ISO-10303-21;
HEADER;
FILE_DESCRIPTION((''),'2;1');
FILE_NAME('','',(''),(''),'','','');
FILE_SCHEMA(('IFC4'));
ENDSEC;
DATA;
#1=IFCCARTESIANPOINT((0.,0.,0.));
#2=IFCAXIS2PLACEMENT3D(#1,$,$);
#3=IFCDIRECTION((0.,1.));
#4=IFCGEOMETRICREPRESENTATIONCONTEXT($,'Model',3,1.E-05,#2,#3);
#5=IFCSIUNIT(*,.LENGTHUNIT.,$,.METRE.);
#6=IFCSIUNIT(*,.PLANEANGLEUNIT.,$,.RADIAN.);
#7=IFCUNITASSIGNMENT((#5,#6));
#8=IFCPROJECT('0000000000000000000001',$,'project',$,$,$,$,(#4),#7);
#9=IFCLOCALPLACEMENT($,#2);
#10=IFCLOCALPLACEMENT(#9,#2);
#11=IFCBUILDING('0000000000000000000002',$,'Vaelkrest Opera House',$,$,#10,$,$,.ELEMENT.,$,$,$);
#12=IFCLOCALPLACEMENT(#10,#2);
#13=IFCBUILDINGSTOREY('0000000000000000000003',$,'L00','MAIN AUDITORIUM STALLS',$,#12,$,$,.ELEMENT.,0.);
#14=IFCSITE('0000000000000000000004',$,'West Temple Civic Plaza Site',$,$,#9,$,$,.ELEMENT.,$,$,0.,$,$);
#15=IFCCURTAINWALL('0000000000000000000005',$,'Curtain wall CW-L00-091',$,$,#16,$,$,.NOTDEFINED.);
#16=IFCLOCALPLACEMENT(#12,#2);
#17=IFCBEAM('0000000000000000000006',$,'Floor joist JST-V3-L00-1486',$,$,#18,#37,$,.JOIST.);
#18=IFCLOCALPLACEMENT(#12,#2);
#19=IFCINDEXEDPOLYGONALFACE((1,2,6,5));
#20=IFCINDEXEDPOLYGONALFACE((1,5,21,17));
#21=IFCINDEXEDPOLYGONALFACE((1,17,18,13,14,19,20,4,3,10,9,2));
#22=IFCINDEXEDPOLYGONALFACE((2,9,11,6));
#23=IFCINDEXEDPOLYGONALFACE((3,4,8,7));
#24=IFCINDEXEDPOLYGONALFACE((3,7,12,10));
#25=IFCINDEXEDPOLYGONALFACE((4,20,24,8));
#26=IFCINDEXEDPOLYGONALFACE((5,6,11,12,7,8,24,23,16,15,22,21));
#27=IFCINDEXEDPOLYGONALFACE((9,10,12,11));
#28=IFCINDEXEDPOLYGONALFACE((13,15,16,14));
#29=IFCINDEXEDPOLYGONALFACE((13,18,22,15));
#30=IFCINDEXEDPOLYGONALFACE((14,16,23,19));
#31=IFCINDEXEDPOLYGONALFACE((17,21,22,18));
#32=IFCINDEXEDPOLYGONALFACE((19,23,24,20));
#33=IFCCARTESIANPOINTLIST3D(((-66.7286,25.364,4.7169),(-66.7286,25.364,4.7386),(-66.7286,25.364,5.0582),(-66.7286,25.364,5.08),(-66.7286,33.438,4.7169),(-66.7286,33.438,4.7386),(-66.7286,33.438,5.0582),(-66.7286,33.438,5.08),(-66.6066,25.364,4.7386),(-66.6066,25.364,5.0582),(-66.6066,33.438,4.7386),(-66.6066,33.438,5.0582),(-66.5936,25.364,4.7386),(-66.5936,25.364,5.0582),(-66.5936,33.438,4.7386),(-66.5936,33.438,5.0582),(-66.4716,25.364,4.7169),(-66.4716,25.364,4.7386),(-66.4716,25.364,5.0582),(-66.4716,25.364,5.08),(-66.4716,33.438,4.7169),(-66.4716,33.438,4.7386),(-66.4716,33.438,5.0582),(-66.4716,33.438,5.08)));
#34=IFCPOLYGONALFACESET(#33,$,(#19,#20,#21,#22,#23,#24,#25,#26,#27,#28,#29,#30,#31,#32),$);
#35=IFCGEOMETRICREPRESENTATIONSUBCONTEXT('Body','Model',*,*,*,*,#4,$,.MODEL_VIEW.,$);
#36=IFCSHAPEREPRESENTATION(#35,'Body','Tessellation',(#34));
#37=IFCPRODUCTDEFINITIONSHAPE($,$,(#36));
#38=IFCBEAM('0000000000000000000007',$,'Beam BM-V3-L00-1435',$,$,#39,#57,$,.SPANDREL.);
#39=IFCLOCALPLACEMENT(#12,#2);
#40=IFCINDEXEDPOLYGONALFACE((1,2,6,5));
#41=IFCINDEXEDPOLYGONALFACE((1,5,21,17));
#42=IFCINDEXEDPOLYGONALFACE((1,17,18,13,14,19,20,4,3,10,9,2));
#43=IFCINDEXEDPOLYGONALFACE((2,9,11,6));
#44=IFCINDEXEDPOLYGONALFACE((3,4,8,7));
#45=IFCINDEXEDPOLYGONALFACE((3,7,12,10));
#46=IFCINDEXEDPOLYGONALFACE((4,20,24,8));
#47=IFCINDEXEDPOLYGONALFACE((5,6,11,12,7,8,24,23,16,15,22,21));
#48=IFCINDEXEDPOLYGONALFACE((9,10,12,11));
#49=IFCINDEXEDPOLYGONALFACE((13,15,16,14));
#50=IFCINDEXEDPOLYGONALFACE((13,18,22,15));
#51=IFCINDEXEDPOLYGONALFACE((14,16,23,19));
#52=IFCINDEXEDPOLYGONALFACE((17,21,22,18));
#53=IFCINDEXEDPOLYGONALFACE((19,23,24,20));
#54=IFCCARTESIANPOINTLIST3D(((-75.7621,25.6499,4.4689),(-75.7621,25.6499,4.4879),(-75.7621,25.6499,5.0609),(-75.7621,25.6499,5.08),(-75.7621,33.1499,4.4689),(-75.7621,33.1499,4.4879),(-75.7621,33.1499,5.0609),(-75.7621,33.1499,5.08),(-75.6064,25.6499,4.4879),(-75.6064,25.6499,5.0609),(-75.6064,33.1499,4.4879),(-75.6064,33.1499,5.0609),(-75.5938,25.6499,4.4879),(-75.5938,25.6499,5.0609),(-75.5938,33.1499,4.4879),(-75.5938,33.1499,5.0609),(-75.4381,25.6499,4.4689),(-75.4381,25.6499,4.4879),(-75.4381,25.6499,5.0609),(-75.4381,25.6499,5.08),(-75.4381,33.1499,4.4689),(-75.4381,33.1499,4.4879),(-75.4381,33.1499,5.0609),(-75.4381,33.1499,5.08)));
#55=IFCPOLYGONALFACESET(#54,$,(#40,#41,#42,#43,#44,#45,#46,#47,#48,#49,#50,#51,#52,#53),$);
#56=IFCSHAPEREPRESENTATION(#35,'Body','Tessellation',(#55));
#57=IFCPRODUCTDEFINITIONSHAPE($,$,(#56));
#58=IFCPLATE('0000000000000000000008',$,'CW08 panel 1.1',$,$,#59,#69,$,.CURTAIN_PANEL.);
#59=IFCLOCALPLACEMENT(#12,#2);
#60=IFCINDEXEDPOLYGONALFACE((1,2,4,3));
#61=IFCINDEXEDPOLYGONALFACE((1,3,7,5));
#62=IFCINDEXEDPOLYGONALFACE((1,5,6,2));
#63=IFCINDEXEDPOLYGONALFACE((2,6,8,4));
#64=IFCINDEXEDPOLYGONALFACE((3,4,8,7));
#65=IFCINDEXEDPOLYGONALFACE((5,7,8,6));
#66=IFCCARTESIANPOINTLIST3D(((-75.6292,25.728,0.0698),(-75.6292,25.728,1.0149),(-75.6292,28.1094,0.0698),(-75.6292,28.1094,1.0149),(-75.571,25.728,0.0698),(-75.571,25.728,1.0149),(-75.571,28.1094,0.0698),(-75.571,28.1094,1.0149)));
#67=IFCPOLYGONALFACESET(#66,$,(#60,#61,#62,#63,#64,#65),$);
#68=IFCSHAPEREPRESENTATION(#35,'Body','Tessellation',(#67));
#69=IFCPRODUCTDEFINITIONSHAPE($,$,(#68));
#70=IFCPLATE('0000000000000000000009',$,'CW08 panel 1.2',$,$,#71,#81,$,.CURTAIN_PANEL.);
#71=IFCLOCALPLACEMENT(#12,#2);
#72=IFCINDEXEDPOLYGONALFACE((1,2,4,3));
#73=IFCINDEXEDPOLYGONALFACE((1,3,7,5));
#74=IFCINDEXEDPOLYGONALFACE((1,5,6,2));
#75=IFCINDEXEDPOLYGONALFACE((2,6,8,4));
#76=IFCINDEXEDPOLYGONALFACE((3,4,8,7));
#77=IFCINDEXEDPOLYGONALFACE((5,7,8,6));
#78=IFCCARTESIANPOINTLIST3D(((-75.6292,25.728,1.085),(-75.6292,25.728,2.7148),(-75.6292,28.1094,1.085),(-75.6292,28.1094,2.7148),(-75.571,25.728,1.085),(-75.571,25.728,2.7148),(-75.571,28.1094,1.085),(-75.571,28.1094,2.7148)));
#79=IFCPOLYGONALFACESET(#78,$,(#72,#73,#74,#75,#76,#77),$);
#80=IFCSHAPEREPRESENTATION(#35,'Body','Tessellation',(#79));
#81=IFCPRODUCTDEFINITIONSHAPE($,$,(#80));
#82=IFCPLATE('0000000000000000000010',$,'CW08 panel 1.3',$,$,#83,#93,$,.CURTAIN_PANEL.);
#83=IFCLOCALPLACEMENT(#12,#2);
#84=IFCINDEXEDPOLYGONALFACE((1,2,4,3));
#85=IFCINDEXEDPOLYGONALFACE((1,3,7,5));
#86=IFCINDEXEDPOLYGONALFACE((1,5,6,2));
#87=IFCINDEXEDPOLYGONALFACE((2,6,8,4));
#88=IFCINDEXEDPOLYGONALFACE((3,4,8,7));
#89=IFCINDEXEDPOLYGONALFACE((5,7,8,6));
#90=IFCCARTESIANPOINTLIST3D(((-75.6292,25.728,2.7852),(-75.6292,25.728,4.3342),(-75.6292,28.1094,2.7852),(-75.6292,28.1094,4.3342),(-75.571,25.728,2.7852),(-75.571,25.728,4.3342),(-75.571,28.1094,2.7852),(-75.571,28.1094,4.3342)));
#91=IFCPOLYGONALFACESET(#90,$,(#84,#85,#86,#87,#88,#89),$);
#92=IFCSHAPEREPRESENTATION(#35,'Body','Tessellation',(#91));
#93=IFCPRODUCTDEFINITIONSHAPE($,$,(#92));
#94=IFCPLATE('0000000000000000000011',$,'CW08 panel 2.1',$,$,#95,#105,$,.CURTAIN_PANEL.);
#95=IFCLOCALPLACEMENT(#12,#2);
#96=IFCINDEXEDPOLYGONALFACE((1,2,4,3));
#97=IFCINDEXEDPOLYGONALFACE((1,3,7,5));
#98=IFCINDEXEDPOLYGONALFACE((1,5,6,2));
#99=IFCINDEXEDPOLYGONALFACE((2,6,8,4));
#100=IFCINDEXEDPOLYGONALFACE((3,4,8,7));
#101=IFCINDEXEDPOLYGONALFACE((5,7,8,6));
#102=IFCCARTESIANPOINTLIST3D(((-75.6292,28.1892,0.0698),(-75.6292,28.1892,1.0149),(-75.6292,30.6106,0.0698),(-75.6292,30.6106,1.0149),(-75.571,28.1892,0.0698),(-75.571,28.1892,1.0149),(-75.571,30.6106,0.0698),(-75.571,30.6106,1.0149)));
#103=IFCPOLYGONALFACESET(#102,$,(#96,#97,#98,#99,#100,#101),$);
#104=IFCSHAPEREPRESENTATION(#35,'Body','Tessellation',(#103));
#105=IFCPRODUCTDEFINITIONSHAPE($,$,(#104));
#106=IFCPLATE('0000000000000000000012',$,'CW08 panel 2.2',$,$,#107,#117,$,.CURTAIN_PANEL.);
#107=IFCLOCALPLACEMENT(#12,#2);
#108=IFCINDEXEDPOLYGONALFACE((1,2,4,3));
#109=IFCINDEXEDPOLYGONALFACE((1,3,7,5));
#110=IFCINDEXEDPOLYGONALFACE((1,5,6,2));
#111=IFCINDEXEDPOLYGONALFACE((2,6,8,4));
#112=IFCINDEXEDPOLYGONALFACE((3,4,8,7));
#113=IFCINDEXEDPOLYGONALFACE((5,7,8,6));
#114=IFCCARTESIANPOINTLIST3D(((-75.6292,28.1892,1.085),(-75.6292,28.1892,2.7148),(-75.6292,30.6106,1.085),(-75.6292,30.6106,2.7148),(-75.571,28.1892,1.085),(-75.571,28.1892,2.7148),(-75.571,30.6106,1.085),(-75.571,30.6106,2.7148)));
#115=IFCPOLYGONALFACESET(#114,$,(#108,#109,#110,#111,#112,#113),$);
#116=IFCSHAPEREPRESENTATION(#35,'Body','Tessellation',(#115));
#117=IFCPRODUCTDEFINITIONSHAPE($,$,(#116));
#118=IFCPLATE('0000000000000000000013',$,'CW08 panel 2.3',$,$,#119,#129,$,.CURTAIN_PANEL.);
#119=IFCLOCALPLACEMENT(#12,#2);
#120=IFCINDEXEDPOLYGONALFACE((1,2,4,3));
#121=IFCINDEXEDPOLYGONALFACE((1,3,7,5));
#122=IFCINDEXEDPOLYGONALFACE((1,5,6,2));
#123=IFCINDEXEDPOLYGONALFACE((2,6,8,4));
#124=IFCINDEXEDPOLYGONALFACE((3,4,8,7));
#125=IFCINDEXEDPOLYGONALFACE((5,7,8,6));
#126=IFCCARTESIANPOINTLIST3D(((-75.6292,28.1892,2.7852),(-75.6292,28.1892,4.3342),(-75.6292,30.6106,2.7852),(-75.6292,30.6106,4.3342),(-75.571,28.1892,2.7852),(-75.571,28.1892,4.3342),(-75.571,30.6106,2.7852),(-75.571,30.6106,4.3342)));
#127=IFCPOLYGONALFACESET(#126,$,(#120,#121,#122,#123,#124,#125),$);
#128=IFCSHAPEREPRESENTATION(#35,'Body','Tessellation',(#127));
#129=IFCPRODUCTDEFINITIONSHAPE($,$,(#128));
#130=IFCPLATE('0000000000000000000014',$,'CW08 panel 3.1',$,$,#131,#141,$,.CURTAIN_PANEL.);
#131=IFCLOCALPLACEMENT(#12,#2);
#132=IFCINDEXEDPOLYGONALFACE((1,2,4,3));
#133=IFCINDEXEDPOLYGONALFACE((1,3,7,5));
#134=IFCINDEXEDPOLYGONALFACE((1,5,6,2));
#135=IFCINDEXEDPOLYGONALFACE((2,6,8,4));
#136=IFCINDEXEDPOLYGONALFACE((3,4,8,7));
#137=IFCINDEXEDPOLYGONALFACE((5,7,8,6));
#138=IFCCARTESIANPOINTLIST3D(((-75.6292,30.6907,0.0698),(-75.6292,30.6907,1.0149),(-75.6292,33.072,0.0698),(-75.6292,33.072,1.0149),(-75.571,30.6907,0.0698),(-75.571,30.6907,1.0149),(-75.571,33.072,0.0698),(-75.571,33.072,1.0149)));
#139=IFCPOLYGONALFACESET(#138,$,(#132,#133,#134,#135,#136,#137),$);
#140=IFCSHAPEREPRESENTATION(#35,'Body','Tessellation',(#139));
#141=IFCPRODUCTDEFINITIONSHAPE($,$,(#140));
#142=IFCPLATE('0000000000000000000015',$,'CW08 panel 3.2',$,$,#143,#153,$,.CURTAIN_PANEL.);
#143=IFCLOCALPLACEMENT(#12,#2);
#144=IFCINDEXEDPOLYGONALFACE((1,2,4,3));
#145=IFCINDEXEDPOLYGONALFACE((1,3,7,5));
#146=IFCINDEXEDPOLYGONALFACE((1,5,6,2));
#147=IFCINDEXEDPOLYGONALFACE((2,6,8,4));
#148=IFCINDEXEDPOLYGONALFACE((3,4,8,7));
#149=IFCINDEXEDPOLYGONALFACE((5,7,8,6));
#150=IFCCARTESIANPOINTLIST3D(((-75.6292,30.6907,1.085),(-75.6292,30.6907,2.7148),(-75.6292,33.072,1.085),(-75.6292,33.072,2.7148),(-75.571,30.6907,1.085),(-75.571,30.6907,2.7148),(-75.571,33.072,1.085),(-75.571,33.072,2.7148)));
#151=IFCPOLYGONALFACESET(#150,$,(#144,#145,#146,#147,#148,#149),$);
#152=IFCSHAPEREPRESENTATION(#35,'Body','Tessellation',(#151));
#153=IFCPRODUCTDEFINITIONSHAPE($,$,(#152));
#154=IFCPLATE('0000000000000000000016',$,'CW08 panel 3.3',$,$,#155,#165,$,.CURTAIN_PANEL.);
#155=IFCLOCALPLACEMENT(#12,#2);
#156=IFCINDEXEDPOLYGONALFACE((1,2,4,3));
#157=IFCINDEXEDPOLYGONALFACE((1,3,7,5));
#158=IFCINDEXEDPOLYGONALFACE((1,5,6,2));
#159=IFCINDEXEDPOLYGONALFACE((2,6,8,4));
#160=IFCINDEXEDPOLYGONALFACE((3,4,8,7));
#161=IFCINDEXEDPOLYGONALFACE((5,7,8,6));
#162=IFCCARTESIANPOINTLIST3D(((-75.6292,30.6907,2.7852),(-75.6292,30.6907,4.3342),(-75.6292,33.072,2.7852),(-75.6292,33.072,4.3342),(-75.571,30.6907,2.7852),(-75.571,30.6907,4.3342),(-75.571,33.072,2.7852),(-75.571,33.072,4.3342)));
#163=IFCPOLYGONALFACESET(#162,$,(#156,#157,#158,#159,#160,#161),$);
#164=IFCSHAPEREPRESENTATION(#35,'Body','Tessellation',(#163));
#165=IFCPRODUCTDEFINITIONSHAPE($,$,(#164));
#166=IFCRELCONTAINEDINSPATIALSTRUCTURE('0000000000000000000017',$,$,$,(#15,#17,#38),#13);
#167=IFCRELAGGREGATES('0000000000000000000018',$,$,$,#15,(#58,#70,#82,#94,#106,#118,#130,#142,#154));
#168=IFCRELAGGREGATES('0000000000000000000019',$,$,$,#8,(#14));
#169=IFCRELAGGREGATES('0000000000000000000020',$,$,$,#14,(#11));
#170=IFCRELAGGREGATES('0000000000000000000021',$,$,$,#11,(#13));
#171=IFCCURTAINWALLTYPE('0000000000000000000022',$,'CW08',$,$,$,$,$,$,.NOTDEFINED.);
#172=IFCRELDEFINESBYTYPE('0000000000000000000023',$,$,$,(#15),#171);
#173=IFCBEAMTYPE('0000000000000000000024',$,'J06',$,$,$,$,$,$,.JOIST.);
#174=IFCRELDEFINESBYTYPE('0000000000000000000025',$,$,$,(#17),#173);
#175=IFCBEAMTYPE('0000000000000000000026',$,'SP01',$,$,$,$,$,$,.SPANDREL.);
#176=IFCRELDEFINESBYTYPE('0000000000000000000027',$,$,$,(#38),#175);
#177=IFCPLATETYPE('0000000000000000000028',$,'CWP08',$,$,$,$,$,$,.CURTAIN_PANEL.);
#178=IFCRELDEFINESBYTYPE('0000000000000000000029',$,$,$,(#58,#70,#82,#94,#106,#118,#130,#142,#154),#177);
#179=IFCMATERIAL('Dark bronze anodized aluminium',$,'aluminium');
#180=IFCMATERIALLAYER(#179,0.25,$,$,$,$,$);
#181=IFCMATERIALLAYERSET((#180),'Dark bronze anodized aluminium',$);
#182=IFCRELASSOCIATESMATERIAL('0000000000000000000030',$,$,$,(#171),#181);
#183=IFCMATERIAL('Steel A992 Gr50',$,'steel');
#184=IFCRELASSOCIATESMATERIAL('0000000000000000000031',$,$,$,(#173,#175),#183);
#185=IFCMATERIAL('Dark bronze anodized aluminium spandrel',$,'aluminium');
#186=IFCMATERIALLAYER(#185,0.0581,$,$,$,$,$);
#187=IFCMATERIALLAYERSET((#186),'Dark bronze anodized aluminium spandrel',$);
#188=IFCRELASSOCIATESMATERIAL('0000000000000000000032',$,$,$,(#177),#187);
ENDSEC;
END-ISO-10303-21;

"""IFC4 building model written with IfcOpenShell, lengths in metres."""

from ifc_helpers import new_model, si_unit, direction, frame, origin, origin_2d, place, context, subcontext, project, spatial, rectangle, i_section, extrude, material, layer, layer_set, material_profile, profile_set, type_object, element, aggregate, save


model = new_model("IFC4")

# Units and contexts
model_context = context("Model", 3, precision=1e-05, world=origin(), true_north=direction((0.0, 1.0)))
body_context = subcontext(model_context, "Body", "Model", "MODEL_VIEW")
ifc_project = project(units=[si_unit("LENGTHUNIT", "METRE"), si_unit("PLANEANGLEUNIT", "RADIAN")], contexts=[model_context])

# Site, building, storey
site_placement = place(None, origin())
site = spatial("IfcSite", under=ifc_project, at=site_placement, Name="West Temple Civic Plaza Site", CompositionType="ELEMENT", RefElevation=0.0)
building_placement = place(site_placement, origin())
building = spatial("IfcBuilding", under=site, at=building_placement, Name="Vaelkrest Opera House", CompositionType="ELEMENT")
storey_placement = place(building_placement, origin())
storey = spatial("IfcBuildingStorey", under=building, at=storey_placement, Name="L00", Description="MAIN AUDITORIUM STALLS", CompositionType="ELEMENT", Elevation=0.0)

# Shared definitions
ifc_material_1 = material(Name="Steel A992 Gr50", Category="steel")

# Curtain wall
ifc_material_2 = material(Name="Dark bronze anodized aluminium", Category="aluminium")
ifc_layer_1 = layer(ifc_material_2, 0.25)
ifc_layer_set_1 = layer_set([ifc_layer_1], Name="Dark bronze anodized aluminium")
curtain_wall_type = type_object("IfcCurtainWallType", Name="CW08", PredefinedType="NOTDEFINED", material=ifc_layer_set_1)
curtain_wall_placement = place(storey_placement, origin())
curtain_wall = element("IfcCurtainWall", 1, at=curtain_wall_placement, inside=storey, type_object=curtain_wall_type, Name="Curtain wall CW-L00-091", PredefinedType="NOTDEFINED")

# Beams
ifc_material_profile_1 = material_profile(ifc_material_1, i_section(OverallWidth=0.2571, OverallDepth=0.363, WebThickness=0.0129, FlangeThickness=0.0217, at=origin_2d()), Name="W14X82")
ifc_profile_set_1 = profile_set([ifc_material_profile_1], Name="Steel A992 Gr50")
beam_type_1 = type_object("IfcBeamType", Name="J06", PredefinedType="JOIST", material=ifc_profile_set_1)
beam_1_placement = place(storey_placement, frame((-66.6001, 25.364, 4.8984), z_axis=(0.0, 1.0, 0.0), x_axis=(-1.0, 0.0, 0.0)))
element("IfcBeam", 2, at=beam_1_placement, inside=storey, type_object=beam_type_1, Name="Floor joist JST-V3-L00-1486", PredefinedType="JOIST", context=body_context, shape_type="SweptSolid", body=[
    extrude(i_section(OverallWidth=0.2571, OverallDepth=0.363, WebThickness=0.0129, FlangeThickness=0.0217, at=origin_2d()), origin(), (0.0, 0.0, 1.0), 8.074),
])
ifc_material_profile_2 = material_profile(ifc_material_1, i_section(OverallWidth=0.324, OverallDepth=0.6111, WebThickness=0.0127, FlangeThickness=0.019, at=origin_2d()), Name="W24X104")
ifc_profile_set_2 = profile_set([ifc_material_profile_2], Name="Steel A992 Gr50")
beam_type_2 = type_object("IfcBeamType", Name="SP01", PredefinedType="SPANDREL", material=ifc_profile_set_2)
beam_2_placement = place(storey_placement, frame((-75.6001, 25.6499, 4.7744), z_axis=(0.0, 1.0, 0.0), x_axis=(-1.0, 0.0, 0.0)))
element("IfcBeam", 3, at=beam_2_placement, inside=storey, type_object=beam_type_2, Name="Beam BM-V3-L00-1435", PredefinedType="SPANDREL", context=body_context, shape_type="SweptSolid", body=[
    extrude(i_section(OverallWidth=0.324, OverallDepth=0.6111, WebThickness=0.0127, FlangeThickness=0.019, at=origin_2d()), origin(), (0.0, 0.0, 1.0), 7.5),
])

# Plates
ifc_material_3 = material(Name="Dark bronze anodized aluminium spandrel", Category="aluminium")
ifc_layer_2 = layer(ifc_material_3, 0.0581)
ifc_layer_set_2 = layer_set([ifc_layer_2], Name="Dark bronze anodized aluminium spandrel")
plate_type = type_object("IfcPlateType", Name="CWP08", PredefinedType="CURTAIN_PANEL", material=ifc_layer_set_2)
plate_1_placement = place(storey_placement, frame((-75.6001, 26.9187, 0.0698), z_axis=(0.0, 0.0, 1.0), x_axis=(0.0, 1.0, 0.0)))
plate_1 = element("IfcPlate", 4, at=plate_1_placement, type_object=plate_type, Name="CW08 panel 1.1", PredefinedType="CURTAIN_PANEL", context=body_context, shape_type="SweptSolid", body=[
    extrude(rectangle(XDim=2.3813, YDim=0.0581, at=origin_2d()), origin(), (0.0, 0.0, 1.0), 0.9451),
])
plate_2_placement = place(storey_placement, frame((-75.6001, 26.9187, 1.085), z_axis=(0.0, 0.0, 1.0), x_axis=(0.0, 1.0, 0.0)))
plate_2 = element("IfcPlate", 5, at=plate_2_placement, type_object=plate_type, Name="CW08 panel 1.2", PredefinedType="CURTAIN_PANEL", context=body_context, shape_type="SweptSolid", body=[
    extrude(rectangle(XDim=2.3813, YDim=0.0581, at=origin_2d()), origin(), (0.0, 0.0, 1.0), 1.6299),
])
plate_3_placement = place(storey_placement, frame((-75.6001, 26.9187, 2.7852), z_axis=(0.0, 0.0, 1.0), x_axis=(0.0, 1.0, 0.0)))
plate_3 = element("IfcPlate", 6, at=plate_3_placement, type_object=plate_type, Name="CW08 panel 1.3", PredefinedType="CURTAIN_PANEL", context=body_context, shape_type="SweptSolid", body=[
    extrude(rectangle(XDim=2.3813, YDim=0.0581, at=origin_2d()), origin(), (0.0, 0.0, 1.0), 1.5491),
])
plate_4_placement = place(storey_placement, frame((-75.6001, 29.3999, 0.0698), z_axis=(0.0, 0.0, 1.0), x_axis=(0.0, 1.0, 0.0)))
plate_4 = element("IfcPlate", 7, at=plate_4_placement, type_object=plate_type, Name="CW08 panel 2.1", PredefinedType="CURTAIN_PANEL", context=body_context, shape_type="SweptSolid", body=[
    extrude(rectangle(XDim=2.4214, YDim=0.0581, at=origin_2d()), origin(), (0.0, 0.0, 1.0), 0.9451),
])
plate_5_placement = place(storey_placement, frame((-75.6001, 29.3999, 1.085), z_axis=(0.0, 0.0, 1.0), x_axis=(0.0, 1.0, 0.0)))
plate_5 = element("IfcPlate", 8, at=plate_5_placement, type_object=plate_type, Name="CW08 panel 2.2", PredefinedType="CURTAIN_PANEL", context=body_context, shape_type="SweptSolid", body=[
    extrude(rectangle(XDim=2.4214, YDim=0.0581, at=origin_2d()), origin(), (0.0, 0.0, 1.0), 1.6299),
])
plate_6_placement = place(storey_placement, frame((-75.6001, 29.3999, 2.7852), z_axis=(0.0, 0.0, 1.0), x_axis=(0.0, 1.0, 0.0)))
plate_6 = element("IfcPlate", 9, at=plate_6_placement, type_object=plate_type, Name="CW08 panel 2.3", PredefinedType="CURTAIN_PANEL", context=body_context, shape_type="SweptSolid", body=[
    extrude(rectangle(XDim=2.4214, YDim=0.0581, at=origin_2d()), origin(), (0.0, 0.0, 1.0), 1.5491),
])
plate_7_placement = place(storey_placement, frame((-75.6001, 31.8813, 0.0698), z_axis=(0.0, 0.0, 1.0), x_axis=(0.0, 1.0, 0.0)))
plate_7 = element("IfcPlate", 10, at=plate_7_placement, type_object=plate_type, Name="CW08 panel 3.1", PredefinedType="CURTAIN_PANEL", context=body_context, shape_type="SweptSolid", body=[
    extrude(rectangle(XDim=2.3813, YDim=0.0581, at=origin_2d()), origin(), (0.0, 0.0, 1.0), 0.9451),
])
plate_8_placement = place(storey_placement, frame((-75.6001, 31.8813, 1.085), z_axis=(0.0, 0.0, 1.0), x_axis=(0.0, 1.0, 0.0)))
plate_8 = element("IfcPlate", 11, at=plate_8_placement, type_object=plate_type, Name="CW08 panel 3.2", PredefinedType="CURTAIN_PANEL", context=body_context, shape_type="SweptSolid", body=[
    extrude(rectangle(XDim=2.3813, YDim=0.0581, at=origin_2d()), origin(), (0.0, 0.0, 1.0), 1.6299),
])
plate_9_placement = place(storey_placement, frame((-75.6001, 31.8813, 2.7852), z_axis=(0.0, 0.0, 1.0), x_axis=(0.0, 1.0, 0.0)))
plate_9 = element("IfcPlate", 12, at=plate_9_placement, type_object=plate_type, Name="CW08 panel 3.3", PredefinedType="CURTAIN_PANEL", context=body_context, shape_type="SweptSolid", body=[
    extrude(rectangle(XDim=2.3813, YDim=0.0581, at=origin_2d()), origin(), (0.0, 0.0, 1.0), 1.5491),
])
aggregate(curtain_wall, [plate_1, plate_2, plate_3, plate_4, plate_5, plate_6, plate_7, plate_8, plate_9])

save(model, "model.ifc")
